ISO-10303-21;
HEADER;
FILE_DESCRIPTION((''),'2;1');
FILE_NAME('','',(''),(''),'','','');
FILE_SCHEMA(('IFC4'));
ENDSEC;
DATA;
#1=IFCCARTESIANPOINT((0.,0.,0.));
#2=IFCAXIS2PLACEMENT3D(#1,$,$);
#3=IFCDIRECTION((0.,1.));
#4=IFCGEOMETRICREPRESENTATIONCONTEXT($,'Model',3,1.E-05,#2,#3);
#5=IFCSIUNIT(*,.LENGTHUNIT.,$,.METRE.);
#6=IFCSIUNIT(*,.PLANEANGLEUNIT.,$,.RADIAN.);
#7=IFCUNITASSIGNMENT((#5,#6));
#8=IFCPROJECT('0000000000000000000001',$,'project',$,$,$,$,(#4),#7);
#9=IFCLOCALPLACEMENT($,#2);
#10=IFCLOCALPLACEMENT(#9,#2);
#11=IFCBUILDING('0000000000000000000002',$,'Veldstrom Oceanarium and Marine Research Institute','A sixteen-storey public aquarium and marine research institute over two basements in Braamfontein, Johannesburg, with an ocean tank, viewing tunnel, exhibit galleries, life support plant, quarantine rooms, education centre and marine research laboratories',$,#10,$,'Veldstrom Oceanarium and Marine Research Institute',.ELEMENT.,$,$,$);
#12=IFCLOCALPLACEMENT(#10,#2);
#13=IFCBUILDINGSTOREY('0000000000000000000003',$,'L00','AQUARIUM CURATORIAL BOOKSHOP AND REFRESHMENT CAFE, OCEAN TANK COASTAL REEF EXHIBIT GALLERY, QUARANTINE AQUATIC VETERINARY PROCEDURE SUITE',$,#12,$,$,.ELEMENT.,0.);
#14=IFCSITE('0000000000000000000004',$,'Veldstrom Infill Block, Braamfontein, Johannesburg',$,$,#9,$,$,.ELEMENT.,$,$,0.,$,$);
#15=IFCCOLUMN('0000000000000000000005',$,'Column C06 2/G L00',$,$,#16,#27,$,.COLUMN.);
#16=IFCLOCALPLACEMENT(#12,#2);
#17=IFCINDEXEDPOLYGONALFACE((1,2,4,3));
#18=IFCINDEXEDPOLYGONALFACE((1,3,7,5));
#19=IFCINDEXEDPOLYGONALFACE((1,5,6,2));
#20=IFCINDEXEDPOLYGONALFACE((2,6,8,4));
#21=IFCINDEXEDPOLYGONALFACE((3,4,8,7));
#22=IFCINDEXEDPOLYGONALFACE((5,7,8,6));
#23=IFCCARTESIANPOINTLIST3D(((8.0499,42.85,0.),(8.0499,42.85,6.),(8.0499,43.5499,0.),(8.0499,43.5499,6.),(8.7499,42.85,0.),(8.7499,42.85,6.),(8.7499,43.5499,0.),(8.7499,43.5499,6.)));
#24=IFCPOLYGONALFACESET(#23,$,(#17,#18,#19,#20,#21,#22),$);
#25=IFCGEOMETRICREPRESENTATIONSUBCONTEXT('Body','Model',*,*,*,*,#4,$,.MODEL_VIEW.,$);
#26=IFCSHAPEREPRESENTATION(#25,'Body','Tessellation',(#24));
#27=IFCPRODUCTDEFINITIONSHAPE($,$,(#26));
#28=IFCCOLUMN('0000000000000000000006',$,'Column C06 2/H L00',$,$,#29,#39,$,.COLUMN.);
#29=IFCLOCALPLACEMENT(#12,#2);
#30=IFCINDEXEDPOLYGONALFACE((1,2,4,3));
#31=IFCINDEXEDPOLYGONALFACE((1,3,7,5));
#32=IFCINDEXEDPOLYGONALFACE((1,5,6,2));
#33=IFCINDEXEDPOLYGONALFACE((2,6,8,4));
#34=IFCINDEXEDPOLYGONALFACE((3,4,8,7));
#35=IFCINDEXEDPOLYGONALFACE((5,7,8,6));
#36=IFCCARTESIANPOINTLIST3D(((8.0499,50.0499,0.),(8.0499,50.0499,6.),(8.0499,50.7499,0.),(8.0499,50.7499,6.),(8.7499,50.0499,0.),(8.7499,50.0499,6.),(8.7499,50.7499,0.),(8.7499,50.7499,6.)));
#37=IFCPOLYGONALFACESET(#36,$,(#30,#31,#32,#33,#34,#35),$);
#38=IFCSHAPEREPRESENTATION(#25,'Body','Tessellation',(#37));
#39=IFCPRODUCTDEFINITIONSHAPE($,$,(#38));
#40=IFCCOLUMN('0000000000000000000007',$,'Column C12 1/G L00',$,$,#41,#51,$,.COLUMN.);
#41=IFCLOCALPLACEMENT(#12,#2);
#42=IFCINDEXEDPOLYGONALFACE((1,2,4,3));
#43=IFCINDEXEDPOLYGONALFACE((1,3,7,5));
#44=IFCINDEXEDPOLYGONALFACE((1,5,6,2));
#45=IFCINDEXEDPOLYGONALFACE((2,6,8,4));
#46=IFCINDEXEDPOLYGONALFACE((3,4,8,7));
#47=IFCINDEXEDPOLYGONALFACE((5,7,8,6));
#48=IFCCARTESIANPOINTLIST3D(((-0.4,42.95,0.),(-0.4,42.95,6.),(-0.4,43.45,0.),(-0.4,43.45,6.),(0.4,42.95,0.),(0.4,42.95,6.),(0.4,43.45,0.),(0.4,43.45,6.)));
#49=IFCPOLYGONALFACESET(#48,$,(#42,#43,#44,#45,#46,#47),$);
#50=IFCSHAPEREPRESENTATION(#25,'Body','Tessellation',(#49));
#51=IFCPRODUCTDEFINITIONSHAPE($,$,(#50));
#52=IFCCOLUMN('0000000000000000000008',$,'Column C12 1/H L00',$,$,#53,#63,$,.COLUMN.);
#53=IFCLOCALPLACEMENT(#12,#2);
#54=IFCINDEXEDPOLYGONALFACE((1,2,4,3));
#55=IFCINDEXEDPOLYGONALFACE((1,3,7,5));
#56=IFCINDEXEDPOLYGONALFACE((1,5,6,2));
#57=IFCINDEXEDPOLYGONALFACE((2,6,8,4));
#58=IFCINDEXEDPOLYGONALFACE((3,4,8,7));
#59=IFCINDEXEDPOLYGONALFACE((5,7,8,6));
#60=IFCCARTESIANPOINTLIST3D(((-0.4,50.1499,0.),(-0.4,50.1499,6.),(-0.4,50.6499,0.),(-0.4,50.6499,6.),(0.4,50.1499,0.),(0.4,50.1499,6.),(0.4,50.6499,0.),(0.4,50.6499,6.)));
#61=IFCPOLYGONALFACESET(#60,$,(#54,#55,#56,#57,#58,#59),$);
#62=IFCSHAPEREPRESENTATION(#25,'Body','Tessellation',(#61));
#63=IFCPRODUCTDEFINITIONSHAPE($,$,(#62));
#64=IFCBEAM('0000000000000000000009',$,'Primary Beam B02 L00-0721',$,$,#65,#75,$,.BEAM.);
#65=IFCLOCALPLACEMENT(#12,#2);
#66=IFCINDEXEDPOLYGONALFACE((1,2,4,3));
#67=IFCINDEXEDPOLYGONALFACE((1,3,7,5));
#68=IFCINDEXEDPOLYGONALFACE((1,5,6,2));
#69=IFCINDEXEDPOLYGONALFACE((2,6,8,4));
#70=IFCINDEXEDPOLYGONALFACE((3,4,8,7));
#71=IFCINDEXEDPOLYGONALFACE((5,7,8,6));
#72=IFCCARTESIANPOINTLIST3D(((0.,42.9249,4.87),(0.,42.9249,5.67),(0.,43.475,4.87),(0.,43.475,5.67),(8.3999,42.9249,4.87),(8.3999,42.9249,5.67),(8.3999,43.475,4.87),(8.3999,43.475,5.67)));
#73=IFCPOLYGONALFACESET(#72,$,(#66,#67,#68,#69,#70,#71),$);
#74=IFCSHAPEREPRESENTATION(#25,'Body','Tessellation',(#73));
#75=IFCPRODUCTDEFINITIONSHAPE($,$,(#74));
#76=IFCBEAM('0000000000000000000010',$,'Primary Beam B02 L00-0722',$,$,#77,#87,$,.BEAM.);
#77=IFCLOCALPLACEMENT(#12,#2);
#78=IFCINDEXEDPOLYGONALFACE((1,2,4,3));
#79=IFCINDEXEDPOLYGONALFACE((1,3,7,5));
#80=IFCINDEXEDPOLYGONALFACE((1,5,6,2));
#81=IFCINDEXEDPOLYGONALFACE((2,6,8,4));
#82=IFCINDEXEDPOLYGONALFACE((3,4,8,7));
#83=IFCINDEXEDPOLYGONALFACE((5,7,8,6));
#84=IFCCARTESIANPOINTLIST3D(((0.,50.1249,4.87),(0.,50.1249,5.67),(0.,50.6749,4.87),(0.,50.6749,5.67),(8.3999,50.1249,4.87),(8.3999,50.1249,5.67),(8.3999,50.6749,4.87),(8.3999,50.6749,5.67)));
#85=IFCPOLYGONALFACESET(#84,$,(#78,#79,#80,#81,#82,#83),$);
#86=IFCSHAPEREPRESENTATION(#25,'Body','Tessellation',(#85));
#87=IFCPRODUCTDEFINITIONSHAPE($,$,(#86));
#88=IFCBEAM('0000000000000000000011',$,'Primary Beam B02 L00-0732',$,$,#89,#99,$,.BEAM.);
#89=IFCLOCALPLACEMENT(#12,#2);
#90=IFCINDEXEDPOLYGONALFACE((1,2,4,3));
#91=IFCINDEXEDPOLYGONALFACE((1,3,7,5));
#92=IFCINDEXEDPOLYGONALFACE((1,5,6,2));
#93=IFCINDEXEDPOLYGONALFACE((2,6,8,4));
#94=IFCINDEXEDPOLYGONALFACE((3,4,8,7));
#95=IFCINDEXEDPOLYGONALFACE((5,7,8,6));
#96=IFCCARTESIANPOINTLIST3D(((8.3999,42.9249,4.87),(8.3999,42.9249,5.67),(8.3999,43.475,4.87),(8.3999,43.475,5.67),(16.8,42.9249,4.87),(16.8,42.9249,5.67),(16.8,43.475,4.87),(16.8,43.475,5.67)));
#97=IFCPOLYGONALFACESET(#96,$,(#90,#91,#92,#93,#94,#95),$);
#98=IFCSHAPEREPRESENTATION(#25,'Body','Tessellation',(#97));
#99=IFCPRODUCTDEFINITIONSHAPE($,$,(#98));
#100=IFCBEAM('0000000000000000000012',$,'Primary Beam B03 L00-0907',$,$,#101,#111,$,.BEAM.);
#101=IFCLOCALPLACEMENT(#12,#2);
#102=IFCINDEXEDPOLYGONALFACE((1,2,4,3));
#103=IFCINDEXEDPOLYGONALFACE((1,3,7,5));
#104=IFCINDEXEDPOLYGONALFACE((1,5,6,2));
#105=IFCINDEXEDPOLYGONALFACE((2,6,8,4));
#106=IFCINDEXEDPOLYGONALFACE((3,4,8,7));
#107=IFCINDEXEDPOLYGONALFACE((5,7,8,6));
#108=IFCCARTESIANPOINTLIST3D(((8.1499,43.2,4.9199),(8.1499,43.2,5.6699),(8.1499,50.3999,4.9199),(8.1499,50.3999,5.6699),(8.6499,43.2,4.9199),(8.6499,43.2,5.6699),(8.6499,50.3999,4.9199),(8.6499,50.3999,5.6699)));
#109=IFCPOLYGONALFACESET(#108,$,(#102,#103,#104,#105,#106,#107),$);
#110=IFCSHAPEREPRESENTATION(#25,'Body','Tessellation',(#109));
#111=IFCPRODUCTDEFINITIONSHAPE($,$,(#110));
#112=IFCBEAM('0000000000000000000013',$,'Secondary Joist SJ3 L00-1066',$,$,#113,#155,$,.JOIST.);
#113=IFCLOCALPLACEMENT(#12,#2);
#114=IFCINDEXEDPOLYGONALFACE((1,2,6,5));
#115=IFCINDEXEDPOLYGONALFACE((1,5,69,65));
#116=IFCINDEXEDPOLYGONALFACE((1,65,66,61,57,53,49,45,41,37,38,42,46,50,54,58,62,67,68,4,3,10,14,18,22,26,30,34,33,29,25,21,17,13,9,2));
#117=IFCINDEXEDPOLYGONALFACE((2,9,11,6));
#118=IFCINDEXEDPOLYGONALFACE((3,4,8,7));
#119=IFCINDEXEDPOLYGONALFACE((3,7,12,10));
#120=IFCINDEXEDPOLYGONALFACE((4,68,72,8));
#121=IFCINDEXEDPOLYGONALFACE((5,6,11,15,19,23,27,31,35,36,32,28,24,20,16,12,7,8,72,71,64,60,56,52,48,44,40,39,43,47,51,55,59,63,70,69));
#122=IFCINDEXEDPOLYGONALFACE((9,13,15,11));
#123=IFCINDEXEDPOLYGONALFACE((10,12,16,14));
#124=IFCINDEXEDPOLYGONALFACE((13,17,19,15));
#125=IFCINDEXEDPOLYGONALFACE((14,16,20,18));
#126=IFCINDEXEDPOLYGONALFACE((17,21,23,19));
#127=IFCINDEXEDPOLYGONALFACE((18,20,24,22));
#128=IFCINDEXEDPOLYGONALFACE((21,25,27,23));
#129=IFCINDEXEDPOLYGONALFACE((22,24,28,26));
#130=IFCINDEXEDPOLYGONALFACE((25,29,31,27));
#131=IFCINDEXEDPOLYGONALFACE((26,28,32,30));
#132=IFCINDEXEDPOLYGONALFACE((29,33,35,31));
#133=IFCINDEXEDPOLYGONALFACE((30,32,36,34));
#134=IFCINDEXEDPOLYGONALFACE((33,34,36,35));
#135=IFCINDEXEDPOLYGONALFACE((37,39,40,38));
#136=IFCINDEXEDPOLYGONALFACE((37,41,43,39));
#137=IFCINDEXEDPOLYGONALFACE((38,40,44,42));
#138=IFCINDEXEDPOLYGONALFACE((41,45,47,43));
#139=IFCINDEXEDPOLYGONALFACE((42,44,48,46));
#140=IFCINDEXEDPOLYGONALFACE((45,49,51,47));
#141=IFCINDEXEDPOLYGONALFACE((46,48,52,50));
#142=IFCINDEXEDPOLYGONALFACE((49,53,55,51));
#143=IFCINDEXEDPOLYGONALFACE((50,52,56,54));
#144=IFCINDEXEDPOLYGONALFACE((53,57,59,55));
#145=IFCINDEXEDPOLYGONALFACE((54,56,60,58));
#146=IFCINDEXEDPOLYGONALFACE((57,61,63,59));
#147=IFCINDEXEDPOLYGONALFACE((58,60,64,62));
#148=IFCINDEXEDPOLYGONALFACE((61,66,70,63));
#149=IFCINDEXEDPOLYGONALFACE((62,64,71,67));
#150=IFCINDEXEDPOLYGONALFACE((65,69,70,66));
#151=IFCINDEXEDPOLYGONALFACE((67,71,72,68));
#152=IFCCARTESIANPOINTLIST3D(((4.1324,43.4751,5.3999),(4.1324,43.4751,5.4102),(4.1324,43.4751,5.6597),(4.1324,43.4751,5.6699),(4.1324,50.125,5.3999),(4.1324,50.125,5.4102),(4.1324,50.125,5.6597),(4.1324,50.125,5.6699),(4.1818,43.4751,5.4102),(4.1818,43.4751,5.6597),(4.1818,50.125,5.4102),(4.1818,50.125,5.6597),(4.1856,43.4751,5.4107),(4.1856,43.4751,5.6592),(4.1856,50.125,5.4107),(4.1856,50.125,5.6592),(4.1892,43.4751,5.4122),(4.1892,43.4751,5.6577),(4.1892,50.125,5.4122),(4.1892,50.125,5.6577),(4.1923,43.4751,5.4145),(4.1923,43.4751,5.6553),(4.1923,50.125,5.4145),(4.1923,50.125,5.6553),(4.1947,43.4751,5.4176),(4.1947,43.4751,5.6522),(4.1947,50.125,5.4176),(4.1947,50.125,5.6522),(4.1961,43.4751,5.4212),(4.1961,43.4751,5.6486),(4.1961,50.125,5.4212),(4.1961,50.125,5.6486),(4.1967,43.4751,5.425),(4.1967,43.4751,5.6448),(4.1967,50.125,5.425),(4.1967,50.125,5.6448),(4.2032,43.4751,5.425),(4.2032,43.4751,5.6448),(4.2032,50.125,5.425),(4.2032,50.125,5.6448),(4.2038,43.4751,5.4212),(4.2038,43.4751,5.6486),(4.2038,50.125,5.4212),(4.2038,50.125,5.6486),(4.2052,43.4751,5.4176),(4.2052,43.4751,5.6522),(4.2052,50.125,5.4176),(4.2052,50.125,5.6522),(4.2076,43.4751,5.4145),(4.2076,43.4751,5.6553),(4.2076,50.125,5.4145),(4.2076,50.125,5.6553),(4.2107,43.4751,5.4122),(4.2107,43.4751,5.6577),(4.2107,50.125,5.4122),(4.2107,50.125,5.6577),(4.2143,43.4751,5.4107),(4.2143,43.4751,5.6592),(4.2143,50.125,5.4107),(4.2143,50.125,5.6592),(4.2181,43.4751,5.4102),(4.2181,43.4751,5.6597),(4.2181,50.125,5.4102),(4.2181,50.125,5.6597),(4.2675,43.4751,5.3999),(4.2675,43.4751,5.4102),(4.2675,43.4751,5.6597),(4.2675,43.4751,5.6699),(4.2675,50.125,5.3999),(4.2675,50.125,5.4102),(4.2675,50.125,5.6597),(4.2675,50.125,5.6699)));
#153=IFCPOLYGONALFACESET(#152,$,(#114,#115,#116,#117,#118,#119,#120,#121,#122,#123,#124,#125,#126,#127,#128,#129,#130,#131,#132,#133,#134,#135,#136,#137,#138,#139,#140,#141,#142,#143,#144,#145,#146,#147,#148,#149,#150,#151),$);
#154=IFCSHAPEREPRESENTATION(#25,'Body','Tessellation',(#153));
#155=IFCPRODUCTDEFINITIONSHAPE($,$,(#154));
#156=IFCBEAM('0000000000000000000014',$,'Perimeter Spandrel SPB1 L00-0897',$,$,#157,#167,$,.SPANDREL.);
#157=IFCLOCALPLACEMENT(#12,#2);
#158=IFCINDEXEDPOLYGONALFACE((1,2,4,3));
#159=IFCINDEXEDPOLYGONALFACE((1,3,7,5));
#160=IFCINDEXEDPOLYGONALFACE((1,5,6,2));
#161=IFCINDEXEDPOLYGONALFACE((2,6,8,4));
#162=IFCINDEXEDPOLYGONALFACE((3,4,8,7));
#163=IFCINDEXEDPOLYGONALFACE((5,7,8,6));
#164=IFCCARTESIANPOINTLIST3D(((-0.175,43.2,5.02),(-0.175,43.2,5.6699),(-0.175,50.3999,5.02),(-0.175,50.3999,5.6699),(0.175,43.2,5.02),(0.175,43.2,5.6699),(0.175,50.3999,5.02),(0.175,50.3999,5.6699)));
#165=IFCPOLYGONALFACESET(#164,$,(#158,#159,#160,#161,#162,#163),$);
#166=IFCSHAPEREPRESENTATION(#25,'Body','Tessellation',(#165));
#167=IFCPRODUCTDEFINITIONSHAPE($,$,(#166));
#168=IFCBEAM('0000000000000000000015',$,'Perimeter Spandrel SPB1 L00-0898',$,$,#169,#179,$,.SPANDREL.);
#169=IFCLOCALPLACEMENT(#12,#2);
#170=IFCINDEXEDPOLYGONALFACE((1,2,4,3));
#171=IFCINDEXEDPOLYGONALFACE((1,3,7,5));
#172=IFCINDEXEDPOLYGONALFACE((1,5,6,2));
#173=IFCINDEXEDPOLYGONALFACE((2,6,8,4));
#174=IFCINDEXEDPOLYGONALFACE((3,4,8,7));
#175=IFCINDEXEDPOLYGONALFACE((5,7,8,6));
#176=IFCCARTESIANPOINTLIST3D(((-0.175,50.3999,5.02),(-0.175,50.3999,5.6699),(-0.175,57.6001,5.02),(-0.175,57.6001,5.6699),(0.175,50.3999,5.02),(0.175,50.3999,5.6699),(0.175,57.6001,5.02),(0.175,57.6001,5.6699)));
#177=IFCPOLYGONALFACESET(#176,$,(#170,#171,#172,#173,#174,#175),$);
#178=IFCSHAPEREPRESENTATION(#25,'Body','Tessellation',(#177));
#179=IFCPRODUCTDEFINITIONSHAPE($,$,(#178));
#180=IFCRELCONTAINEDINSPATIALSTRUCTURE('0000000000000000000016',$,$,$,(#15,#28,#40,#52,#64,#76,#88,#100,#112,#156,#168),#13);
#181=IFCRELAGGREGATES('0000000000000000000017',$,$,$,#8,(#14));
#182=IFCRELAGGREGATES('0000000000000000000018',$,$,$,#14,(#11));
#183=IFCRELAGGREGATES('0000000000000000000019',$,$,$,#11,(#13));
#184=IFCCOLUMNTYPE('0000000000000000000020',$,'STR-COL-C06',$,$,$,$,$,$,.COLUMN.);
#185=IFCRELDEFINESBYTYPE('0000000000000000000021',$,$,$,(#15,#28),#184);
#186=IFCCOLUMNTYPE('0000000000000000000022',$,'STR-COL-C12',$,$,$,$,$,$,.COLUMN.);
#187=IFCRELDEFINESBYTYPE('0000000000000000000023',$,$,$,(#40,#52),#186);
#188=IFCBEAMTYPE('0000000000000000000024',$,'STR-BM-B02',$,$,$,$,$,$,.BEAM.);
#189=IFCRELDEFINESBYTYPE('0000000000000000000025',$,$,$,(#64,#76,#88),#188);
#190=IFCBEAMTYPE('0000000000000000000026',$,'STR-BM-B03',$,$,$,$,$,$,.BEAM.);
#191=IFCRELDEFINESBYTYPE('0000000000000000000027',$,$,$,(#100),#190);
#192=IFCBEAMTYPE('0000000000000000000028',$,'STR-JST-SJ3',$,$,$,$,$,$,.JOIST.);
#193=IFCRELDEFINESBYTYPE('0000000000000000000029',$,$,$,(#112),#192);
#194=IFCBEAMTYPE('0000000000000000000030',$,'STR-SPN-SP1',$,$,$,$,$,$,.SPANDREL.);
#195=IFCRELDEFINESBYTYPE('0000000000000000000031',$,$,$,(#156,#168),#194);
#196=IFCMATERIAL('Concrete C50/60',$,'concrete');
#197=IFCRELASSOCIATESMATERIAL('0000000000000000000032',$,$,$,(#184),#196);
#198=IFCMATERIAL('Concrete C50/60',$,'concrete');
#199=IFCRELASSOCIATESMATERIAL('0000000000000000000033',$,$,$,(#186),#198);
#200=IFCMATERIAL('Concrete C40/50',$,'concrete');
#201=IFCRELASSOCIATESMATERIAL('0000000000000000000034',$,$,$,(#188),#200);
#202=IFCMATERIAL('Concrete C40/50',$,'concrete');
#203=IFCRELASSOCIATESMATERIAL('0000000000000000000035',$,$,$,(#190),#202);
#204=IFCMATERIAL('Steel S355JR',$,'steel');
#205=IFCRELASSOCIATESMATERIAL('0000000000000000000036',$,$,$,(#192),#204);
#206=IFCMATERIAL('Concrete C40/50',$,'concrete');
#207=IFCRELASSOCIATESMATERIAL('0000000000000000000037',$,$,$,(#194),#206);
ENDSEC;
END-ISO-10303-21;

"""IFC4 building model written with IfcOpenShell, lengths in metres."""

from ifc_helpers import new_model, si_unit, direction, frame, origin, origin_2d, place, context, subcontext, project, spatial, rectangle, i_section, extrude, material, material_profile, profile_set, type_object, element, save


model = new_model("IFC4")

# Units and contexts
model_context = context("Model", 3, precision=1e-05, world=origin(), true_north=direction((0.0, 1.0)))
body_context = subcontext(model_context, "Body", "Model", "MODEL_VIEW")
ifc_project = project(units=[si_unit("LENGTHUNIT", "METRE"), si_unit("PLANEANGLEUNIT", "RADIAN")], contexts=[model_context])

# Site, building, storey
site_placement = place(None, origin())
site = spatial("IfcSite", under=ifc_project, at=site_placement, Name="Veldstrom Infill Block, Braamfontein, Johannesburg", CompositionType="ELEMENT", RefElevation=0.0)
building_placement = place(site_placement, origin())
building = spatial("IfcBuilding", under=site, at=building_placement, Name="Veldstrom Oceanarium and Marine Research Institute", Description="A sixteen-storey public aquarium and marine research institute over two basements in Braamfontein, Johannesburg, with an ocean tank, viewing tunnel, exhibit galleries, life support plant, quarantine rooms, education centre and marine research laboratories", LongName="Veldstrom Oceanarium and Marine Research Institute", CompositionType="ELEMENT")
storey_placement = place(building_placement, origin())
storey = spatial("IfcBuildingStorey", under=building, at=storey_placement, Name="L00", Description="AQUARIUM CURATORIAL BOOKSHOP AND REFRESHMENT CAFE, OCEAN TANK COASTAL REEF EXHIBIT GALLERY, QUARANTINE AQUATIC VETERINARY PROCEDURE SUITE", CompositionType="ELEMENT", Elevation=0.0)

# Columns
ifc_material_1 = material(Name="Concrete C50/60", Category="concrete")
ifc_material_profile_1 = material_profile(ifc_material_1, rectangle(XDim=0.7, YDim=0.7, at=origin_2d()), Name="RC-COL-700x700")
ifc_profile_set_1 = profile_set([ifc_material_profile_1], Name="Concrete C50/60")
column_type_1 = type_object("IfcColumnType", Name="STR-COL-C06", PredefinedType="COLUMN", material=ifc_profile_set_1)
for number, where, z_axis, x_axis, name in (
    (1, (8.3999, 43.2, 0.0), (0.0, 0.0, 1.0), (1.0, 0.0, 0.0), "Column C06 2/G L00"),
    (2, (8.3999, 50.3999, 0.0), (0.0, 0.0, 1.0), (1.0, 0.0, 0.0), "Column C06 2/H L00"),
):
    element("IfcColumn", number, at=place(storey_placement, frame(where, z_axis=z_axis, x_axis=x_axis)), inside=storey, type_object=column_type_1, Name=name, PredefinedType="COLUMN", context=body_context, shape_type="SweptSolid", body=[
        extrude(rectangle(XDim=0.7, YDim=0.7, at=origin_2d()), origin(), (0.0, 0.0, 1.0), 6.0),
    ])
ifc_material_2 = material(Name="Concrete C50/60", Category="concrete")
ifc_material_profile_2 = material_profile(ifc_material_2, rectangle(XDim=0.5, YDim=0.8, at=origin_2d()), Name="RC-COL-800x500")
ifc_profile_set_2 = profile_set([ifc_material_profile_2], Name="Concrete C50/60")
column_type_2 = type_object("IfcColumnType", Name="STR-COL-C12", PredefinedType="COLUMN", material=ifc_profile_set_2)
for number, where, z_axis, x_axis, name in (
    (3, (0.0, 43.2, 0.0), (0.0, 0.0, 1.0), (0.0, 1.0, 0.0), "Column C12 1/G L00"),
    (4, (0.0, 50.3999, 0.0), (0.0, 0.0, 1.0), (0.0, 1.0, 0.0), "Column C12 1/H L00"),
):
    element("IfcColumn", number, at=place(storey_placement, frame(where, z_axis=z_axis, x_axis=x_axis)), inside=storey, type_object=column_type_2, Name=name, PredefinedType="COLUMN", context=body_context, shape_type="SweptSolid", body=[
        extrude(rectangle(XDim=0.5, YDim=0.8, at=origin_2d()), origin(), (0.0, 0.0, 1.0), 6.0),
    ])

# Beams
ifc_material_3 = material(Name="Concrete C40/50", Category="concrete")
ifc_material_profile_3 = material_profile(ifc_material_3, rectangle(XDim=0.55, YDim=0.8, at=origin_2d()), Name="RC-BM-550x800")
ifc_profile_set_3 = profile_set([ifc_material_profile_3], Name="Concrete C40/50")
beam_type_1 = type_object("IfcBeamType", Name="STR-BM-B02", PredefinedType="BEAM", material=ifc_profile_set_3)
for number, where, z_axis, x_axis, name in (
    (5, (0.0, 43.2, 5.27), (1.0, 0.0, 0.0), (0.0, 1.0, 0.0), "Primary Beam B02 L00-0721"),
    (6, (0.0, 50.3999, 5.27), (1.0, 0.0, 0.0), (0.0, 1.0, 0.0), "Primary Beam B02 L00-0722"),
):
    element("IfcBeam", number, at=place(storey_placement, frame(where, z_axis=z_axis, x_axis=x_axis)), inside=storey, type_object=beam_type_1, Name=name, PredefinedType="BEAM", context=body_context, shape_type="SweptSolid", body=[
        extrude(rectangle(XDim=0.55, YDim=0.8, at=origin_2d()), origin(), (0.0, 0.0, 1.0), 8.3999),
    ])
beam_1_placement = place(storey_placement, frame((8.3999, 43.2, 5.27), z_axis=(1.0, 0.0, 0.0), x_axis=(0.0, 1.0, 0.0)))
element("IfcBeam", 7, at=beam_1_placement, inside=storey, type_object=beam_type_1, Name="Primary Beam B02 L00-0732", PredefinedType="BEAM", context=body_context, shape_type="SweptSolid", body=[
    extrude(rectangle(XDim=0.55, YDim=0.8, at=origin_2d()), origin(), (0.0, 0.0, 1.0), 8.4001),
])
ifc_material_4 = material(Name="Concrete C40/50", Category="concrete")
ifc_material_profile_4 = material_profile(ifc_material_4, rectangle(XDim=0.5, YDim=0.75, at=origin_2d()), Name="RC-BM-500x750")
ifc_profile_set_4 = profile_set([ifc_material_profile_4], Name="Concrete C40/50")
beam_type_2 = type_object("IfcBeamType", Name="STR-BM-B03", PredefinedType="BEAM", material=ifc_profile_set_4)
beam_2_placement = place(storey_placement, frame((8.3999, 43.2, 5.2949), z_axis=(0.0, 1.0, 0.0), x_axis=(-1.0, 0.0, 0.0)))
element("IfcBeam", 8, at=beam_2_placement, inside=storey, type_object=beam_type_2, Name="Primary Beam B03 L00-0907", PredefinedType="BEAM", context=body_context, shape_type="SweptSolid", body=[
    extrude(rectangle(XDim=0.5, YDim=0.75, at=origin_2d()), origin(), (0.0, 0.0, 1.0), 7.2),
])
ifc_material_5 = material(Name="Steel S355JR", Category="steel")
ifc_material_profile_5 = material_profile(ifc_material_5, i_section(OverallWidth=0.135, OverallDepth=0.27, WebThickness=0.0066, FlangeThickness=0.0103, FilletRadius=0.0149, at=origin_2d()), Name="IPE 270")
ifc_profile_set_5 = profile_set([ifc_material_profile_5], Name="Steel S355JR")
beam_type_3 = type_object("IfcBeamType", Name="STR-JST-SJ3", PredefinedType="JOIST", material=ifc_profile_set_5)
beam_3_placement = place(storey_placement, frame((4.2, 43.4751, 5.5349), z_axis=(0.0, 1.0, 0.0), x_axis=(-1.0, 0.0, 0.0)))
element("IfcBeam", 9, at=beam_3_placement, inside=storey, type_object=beam_type_3, Name="Secondary Joist SJ3 L00-1066", PredefinedType="JOIST", context=body_context, shape_type="SweptSolid", body=[
    extrude(i_section(OverallWidth=0.135, OverallDepth=0.27, WebThickness=0.0066, FlangeThickness=0.0103, FilletRadius=0.0149, at=origin_2d()), origin(), (0.0, 0.0, 1.0), 6.6499),
])
ifc_material_6 = material(Name="Concrete C40/50", Category="concrete")
ifc_material_profile_6 = material_profile(ifc_material_6, rectangle(XDim=0.3501, YDim=0.6499, at=origin_2d()), Name="RC-SPN-350x650")
ifc_profile_set_6 = profile_set([ifc_material_profile_6], Name="Concrete C40/50")
beam_type_4 = type_object("IfcBeamType", Name="STR-SPN-SP1", PredefinedType="SPANDREL", material=ifc_profile_set_6)
beam_4_placement = place(storey_placement, frame((0.0, 43.2, 5.345), z_axis=(0.0, 1.0, 0.0), x_axis=(-1.0, 0.0, 0.0)))
element("IfcBeam", 10, at=beam_4_placement, inside=storey, type_object=beam_type_4, Name="Perimeter Spandrel SPB1 L00-0897", PredefinedType="SPANDREL", context=body_context, shape_type="SweptSolid", body=[
    extrude(rectangle(XDim=0.3501, YDim=0.6499, at=origin_2d()), origin(), (0.0, 0.0, 1.0), 7.2),
])
beam_5_placement = place(storey_placement, frame((0.0, 50.3999, 5.345), z_axis=(0.0, 1.0, 0.0), x_axis=(-1.0, 0.0, 0.0)))
element("IfcBeam", 11, at=beam_5_placement, inside=storey, type_object=beam_type_4, Name="Perimeter Spandrel SPB1 L00-0898", PredefinedType="SPANDREL", context=body_context, shape_type="SweptSolid", body=[
    extrude(rectangle(XDim=0.3501, YDim=0.6499, at=origin_2d()), origin(), (0.0, 0.0, 1.0), 7.2002),
])

save(model, "model.ifc")
